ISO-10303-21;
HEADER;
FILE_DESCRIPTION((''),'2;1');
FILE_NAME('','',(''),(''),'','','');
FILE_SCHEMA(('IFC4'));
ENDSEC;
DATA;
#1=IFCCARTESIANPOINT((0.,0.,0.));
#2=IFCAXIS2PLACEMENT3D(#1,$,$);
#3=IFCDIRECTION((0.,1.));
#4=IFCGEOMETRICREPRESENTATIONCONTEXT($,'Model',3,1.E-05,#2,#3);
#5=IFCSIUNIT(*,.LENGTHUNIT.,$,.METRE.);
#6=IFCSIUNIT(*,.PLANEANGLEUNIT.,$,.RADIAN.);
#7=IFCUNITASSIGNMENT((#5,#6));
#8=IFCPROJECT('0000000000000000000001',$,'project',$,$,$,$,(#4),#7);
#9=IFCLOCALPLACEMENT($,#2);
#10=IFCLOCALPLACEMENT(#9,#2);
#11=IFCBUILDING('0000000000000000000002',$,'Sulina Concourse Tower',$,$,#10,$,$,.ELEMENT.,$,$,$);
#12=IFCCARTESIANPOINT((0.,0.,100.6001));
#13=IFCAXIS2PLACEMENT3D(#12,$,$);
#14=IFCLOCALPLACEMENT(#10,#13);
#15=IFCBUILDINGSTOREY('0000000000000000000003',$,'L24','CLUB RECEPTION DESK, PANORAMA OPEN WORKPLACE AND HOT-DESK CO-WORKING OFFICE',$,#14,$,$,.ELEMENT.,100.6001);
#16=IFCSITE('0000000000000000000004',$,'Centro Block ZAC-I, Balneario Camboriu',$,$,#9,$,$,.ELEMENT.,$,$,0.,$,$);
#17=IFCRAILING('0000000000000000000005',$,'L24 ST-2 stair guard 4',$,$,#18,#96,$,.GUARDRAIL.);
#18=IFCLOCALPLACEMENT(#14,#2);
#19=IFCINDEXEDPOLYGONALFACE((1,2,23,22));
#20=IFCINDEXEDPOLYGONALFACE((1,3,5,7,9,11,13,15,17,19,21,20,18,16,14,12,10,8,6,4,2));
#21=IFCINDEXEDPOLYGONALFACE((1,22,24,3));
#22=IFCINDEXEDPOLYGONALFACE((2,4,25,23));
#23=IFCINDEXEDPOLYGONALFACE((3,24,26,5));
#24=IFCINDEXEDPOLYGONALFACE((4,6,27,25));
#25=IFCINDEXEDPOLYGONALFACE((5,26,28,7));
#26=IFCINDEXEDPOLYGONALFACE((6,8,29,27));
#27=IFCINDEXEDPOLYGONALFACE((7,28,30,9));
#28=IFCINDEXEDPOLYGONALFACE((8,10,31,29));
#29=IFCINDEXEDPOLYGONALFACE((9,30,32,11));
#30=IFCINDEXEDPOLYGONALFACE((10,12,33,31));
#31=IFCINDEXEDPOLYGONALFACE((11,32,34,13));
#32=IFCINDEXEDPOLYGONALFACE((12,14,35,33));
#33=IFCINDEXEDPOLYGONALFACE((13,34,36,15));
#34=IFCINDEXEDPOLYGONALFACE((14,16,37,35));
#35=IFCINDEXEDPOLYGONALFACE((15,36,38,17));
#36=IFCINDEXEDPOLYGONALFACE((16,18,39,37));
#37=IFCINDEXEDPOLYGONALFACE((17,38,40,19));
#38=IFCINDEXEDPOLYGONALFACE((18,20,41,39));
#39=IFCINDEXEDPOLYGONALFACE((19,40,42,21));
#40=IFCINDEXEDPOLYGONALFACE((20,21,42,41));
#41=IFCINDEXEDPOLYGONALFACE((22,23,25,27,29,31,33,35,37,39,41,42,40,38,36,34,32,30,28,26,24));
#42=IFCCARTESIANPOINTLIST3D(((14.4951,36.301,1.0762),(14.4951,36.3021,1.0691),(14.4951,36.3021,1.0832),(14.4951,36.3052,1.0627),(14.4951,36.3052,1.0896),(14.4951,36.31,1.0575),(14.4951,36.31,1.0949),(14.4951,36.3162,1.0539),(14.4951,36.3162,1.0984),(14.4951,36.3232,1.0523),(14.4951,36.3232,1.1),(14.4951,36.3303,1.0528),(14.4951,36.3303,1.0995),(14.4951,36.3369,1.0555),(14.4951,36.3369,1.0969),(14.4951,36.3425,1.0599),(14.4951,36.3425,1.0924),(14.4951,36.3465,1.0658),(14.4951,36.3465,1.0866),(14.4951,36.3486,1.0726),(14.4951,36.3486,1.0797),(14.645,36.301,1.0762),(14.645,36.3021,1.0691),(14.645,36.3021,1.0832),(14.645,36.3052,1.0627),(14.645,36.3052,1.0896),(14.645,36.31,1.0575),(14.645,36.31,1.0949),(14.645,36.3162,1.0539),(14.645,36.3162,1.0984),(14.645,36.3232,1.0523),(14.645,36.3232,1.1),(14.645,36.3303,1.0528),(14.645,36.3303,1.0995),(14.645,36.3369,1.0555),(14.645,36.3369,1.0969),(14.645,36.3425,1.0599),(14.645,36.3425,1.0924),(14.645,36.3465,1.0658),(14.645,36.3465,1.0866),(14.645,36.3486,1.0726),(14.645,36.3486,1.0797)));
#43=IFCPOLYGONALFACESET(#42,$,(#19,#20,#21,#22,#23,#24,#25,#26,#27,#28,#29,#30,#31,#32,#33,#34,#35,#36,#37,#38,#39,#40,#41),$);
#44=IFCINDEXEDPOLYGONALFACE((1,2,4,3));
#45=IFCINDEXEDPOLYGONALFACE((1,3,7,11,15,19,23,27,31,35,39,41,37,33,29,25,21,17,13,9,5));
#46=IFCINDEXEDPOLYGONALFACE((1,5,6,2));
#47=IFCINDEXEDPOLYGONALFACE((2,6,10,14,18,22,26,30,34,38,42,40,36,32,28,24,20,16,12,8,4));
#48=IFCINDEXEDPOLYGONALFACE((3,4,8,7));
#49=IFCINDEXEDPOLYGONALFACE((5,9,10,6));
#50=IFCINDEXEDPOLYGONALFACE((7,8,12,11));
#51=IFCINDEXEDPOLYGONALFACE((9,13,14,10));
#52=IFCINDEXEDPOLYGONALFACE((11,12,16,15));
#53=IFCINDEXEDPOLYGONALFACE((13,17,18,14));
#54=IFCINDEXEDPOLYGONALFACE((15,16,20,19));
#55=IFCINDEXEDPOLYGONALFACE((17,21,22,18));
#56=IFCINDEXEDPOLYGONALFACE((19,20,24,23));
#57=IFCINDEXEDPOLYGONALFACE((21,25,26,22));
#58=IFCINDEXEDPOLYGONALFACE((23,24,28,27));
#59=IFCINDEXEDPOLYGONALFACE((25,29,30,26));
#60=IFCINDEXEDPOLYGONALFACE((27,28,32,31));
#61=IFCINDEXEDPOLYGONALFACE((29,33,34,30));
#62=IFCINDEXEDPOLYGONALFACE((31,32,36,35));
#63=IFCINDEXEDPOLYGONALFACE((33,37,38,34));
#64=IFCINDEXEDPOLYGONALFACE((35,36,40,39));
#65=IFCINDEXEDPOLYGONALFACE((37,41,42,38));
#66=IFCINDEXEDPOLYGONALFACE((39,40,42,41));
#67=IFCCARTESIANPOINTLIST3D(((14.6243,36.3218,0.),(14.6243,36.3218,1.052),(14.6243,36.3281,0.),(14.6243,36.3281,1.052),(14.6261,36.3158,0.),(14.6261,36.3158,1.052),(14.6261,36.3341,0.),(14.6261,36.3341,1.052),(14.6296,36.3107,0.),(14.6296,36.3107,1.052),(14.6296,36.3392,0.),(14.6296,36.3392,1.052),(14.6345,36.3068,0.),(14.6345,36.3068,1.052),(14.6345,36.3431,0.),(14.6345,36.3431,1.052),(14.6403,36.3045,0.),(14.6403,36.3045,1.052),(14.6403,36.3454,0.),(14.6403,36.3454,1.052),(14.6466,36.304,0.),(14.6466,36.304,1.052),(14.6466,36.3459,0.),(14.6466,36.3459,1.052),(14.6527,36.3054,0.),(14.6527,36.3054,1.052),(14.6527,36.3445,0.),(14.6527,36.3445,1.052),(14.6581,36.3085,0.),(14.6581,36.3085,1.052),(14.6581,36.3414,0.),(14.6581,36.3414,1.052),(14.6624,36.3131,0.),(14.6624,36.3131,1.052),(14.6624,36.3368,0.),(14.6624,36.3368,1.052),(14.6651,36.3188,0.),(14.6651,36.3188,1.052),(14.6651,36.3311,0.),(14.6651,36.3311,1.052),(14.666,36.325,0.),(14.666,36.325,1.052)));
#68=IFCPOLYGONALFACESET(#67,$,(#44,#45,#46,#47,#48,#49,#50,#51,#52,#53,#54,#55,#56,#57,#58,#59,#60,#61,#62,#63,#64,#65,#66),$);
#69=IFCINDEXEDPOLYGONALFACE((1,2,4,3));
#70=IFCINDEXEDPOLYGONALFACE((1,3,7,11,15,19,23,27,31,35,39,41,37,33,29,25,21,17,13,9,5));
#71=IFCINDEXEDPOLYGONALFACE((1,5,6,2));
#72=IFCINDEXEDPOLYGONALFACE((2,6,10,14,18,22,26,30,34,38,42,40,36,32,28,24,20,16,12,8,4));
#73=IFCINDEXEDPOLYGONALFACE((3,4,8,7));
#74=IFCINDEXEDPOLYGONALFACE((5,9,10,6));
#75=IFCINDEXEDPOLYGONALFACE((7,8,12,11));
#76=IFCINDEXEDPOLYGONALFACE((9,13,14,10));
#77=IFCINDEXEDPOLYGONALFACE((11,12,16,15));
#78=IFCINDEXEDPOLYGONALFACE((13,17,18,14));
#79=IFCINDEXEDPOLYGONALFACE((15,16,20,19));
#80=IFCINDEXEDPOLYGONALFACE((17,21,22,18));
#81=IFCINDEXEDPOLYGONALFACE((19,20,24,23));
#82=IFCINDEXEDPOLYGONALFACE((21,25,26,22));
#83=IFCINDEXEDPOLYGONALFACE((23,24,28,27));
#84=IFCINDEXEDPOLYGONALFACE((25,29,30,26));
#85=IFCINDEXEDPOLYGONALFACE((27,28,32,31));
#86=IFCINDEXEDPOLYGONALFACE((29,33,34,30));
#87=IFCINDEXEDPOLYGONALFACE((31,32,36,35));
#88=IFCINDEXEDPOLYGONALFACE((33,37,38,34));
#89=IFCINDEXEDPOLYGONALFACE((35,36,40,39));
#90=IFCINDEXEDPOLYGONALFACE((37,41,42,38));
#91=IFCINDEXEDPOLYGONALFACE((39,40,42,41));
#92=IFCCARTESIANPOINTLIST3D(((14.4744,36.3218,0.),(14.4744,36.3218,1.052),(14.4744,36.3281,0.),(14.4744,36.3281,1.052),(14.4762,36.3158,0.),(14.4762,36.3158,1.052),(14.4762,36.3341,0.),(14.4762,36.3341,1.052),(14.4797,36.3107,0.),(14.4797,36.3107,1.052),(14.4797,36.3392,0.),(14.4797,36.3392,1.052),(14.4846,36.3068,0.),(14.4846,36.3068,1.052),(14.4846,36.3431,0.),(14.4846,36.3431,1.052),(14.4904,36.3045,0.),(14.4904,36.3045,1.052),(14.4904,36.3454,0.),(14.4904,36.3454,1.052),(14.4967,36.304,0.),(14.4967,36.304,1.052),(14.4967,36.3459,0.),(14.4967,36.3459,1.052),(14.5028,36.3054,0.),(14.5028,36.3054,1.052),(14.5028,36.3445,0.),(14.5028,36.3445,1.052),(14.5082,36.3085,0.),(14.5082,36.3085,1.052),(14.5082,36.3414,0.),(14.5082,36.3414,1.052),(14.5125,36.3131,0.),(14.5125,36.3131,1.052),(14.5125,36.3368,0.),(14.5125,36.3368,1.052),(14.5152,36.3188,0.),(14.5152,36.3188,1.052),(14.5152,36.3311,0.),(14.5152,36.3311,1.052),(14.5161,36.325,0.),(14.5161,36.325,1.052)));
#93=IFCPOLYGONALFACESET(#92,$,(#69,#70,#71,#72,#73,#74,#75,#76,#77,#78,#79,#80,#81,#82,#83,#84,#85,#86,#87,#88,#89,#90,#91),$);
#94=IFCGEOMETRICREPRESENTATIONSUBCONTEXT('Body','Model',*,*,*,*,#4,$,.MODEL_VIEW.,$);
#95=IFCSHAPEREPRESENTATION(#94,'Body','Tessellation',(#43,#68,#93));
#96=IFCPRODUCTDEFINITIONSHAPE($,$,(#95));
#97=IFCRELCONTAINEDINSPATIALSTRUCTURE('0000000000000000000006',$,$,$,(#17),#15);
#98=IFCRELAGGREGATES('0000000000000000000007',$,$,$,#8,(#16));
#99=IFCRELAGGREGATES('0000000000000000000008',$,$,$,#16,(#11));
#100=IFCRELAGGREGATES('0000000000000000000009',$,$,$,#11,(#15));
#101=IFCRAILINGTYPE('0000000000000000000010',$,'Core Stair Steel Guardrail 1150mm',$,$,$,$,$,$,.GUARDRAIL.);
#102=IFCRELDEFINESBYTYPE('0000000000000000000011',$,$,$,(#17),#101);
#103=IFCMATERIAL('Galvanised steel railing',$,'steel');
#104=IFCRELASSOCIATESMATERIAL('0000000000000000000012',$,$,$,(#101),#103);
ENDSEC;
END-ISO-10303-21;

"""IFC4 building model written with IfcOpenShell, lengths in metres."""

from ifc_helpers import new_model, si_unit, direction, frame, origin, origin_2d, place, context, subcontext, project, spatial, circle, extrude, material, type_object, element, save


model = new_model("IFC4")

# Units and contexts
model_context = context("Model", 3, precision=1e-05, world=origin(), true_north=direction((0.0, 1.0)))
body_context = subcontext(model_context, "Body", "Model", "MODEL_VIEW")
ifc_project = project(units=[si_unit("LENGTHUNIT", "METRE"), si_unit("PLANEANGLEUNIT", "RADIAN")], contexts=[model_context])

# Site, building, storey
site_placement = place(None, origin())
site = spatial("IfcSite", under=ifc_project, at=site_placement, Name="Centro Block ZAC-I, Balneario Camboriu", CompositionType="ELEMENT", RefElevation=0.0)
building_placement = place(site_placement, origin())
building = spatial("IfcBuilding", under=site, at=building_placement, Name="Sulina Concourse Tower", CompositionType="ELEMENT")
storey_placement = place(building_placement, frame((0.0, 0.0, 100.6001)))
storey = spatial("IfcBuildingStorey", under=building, at=storey_placement, Name="L24", Description="CLUB RECEPTION DESK, PANORAMA OPEN WORKPLACE AND HOT-DESK CO-WORKING OFFICE", CompositionType="ELEMENT", Elevation=100.6001)

# Railing
ifc_material_1 = material(Name="Galvanised steel railing", Category="steel")
railing_type_1 = type_object("IfcRailingType", Name="Core Stair Steel Guardrail 1150mm", PredefinedType="GUARDRAIL", material=ifc_material_1)
railing_1_placement = place(storey_placement, frame((14.645, 36.325, 0.0)))
element("IfcRailing", 1, at=railing_1_placement, inside=storey, type_object=railing_type_1, Name="L24 ST-2 stair guard 4", PredefinedType="GUARDRAIL", context=body_context, shape_type="SweptSolid", body=[
    extrude(circle(Radius=0.0239, at=origin_2d()), frame((0.0, 0.0, 1.0762), z_axis=(-1.0, 0.0, 0.0), x_axis=(0.0, -1.0, 0.0)), (0.0, 0.0, 1.0), 0.1499),
    extrude(circle(Radius=0.021, at=origin_2d()), origin(), (0.0, 0.0, 1.0), 1.052),
    extrude(circle(Radius=0.021, at=origin_2d()), frame((-0.1499, 0.0, 0.0)), (0.0, 0.0, 1.0), 1.052),
])

save(model, "model.ifc")
